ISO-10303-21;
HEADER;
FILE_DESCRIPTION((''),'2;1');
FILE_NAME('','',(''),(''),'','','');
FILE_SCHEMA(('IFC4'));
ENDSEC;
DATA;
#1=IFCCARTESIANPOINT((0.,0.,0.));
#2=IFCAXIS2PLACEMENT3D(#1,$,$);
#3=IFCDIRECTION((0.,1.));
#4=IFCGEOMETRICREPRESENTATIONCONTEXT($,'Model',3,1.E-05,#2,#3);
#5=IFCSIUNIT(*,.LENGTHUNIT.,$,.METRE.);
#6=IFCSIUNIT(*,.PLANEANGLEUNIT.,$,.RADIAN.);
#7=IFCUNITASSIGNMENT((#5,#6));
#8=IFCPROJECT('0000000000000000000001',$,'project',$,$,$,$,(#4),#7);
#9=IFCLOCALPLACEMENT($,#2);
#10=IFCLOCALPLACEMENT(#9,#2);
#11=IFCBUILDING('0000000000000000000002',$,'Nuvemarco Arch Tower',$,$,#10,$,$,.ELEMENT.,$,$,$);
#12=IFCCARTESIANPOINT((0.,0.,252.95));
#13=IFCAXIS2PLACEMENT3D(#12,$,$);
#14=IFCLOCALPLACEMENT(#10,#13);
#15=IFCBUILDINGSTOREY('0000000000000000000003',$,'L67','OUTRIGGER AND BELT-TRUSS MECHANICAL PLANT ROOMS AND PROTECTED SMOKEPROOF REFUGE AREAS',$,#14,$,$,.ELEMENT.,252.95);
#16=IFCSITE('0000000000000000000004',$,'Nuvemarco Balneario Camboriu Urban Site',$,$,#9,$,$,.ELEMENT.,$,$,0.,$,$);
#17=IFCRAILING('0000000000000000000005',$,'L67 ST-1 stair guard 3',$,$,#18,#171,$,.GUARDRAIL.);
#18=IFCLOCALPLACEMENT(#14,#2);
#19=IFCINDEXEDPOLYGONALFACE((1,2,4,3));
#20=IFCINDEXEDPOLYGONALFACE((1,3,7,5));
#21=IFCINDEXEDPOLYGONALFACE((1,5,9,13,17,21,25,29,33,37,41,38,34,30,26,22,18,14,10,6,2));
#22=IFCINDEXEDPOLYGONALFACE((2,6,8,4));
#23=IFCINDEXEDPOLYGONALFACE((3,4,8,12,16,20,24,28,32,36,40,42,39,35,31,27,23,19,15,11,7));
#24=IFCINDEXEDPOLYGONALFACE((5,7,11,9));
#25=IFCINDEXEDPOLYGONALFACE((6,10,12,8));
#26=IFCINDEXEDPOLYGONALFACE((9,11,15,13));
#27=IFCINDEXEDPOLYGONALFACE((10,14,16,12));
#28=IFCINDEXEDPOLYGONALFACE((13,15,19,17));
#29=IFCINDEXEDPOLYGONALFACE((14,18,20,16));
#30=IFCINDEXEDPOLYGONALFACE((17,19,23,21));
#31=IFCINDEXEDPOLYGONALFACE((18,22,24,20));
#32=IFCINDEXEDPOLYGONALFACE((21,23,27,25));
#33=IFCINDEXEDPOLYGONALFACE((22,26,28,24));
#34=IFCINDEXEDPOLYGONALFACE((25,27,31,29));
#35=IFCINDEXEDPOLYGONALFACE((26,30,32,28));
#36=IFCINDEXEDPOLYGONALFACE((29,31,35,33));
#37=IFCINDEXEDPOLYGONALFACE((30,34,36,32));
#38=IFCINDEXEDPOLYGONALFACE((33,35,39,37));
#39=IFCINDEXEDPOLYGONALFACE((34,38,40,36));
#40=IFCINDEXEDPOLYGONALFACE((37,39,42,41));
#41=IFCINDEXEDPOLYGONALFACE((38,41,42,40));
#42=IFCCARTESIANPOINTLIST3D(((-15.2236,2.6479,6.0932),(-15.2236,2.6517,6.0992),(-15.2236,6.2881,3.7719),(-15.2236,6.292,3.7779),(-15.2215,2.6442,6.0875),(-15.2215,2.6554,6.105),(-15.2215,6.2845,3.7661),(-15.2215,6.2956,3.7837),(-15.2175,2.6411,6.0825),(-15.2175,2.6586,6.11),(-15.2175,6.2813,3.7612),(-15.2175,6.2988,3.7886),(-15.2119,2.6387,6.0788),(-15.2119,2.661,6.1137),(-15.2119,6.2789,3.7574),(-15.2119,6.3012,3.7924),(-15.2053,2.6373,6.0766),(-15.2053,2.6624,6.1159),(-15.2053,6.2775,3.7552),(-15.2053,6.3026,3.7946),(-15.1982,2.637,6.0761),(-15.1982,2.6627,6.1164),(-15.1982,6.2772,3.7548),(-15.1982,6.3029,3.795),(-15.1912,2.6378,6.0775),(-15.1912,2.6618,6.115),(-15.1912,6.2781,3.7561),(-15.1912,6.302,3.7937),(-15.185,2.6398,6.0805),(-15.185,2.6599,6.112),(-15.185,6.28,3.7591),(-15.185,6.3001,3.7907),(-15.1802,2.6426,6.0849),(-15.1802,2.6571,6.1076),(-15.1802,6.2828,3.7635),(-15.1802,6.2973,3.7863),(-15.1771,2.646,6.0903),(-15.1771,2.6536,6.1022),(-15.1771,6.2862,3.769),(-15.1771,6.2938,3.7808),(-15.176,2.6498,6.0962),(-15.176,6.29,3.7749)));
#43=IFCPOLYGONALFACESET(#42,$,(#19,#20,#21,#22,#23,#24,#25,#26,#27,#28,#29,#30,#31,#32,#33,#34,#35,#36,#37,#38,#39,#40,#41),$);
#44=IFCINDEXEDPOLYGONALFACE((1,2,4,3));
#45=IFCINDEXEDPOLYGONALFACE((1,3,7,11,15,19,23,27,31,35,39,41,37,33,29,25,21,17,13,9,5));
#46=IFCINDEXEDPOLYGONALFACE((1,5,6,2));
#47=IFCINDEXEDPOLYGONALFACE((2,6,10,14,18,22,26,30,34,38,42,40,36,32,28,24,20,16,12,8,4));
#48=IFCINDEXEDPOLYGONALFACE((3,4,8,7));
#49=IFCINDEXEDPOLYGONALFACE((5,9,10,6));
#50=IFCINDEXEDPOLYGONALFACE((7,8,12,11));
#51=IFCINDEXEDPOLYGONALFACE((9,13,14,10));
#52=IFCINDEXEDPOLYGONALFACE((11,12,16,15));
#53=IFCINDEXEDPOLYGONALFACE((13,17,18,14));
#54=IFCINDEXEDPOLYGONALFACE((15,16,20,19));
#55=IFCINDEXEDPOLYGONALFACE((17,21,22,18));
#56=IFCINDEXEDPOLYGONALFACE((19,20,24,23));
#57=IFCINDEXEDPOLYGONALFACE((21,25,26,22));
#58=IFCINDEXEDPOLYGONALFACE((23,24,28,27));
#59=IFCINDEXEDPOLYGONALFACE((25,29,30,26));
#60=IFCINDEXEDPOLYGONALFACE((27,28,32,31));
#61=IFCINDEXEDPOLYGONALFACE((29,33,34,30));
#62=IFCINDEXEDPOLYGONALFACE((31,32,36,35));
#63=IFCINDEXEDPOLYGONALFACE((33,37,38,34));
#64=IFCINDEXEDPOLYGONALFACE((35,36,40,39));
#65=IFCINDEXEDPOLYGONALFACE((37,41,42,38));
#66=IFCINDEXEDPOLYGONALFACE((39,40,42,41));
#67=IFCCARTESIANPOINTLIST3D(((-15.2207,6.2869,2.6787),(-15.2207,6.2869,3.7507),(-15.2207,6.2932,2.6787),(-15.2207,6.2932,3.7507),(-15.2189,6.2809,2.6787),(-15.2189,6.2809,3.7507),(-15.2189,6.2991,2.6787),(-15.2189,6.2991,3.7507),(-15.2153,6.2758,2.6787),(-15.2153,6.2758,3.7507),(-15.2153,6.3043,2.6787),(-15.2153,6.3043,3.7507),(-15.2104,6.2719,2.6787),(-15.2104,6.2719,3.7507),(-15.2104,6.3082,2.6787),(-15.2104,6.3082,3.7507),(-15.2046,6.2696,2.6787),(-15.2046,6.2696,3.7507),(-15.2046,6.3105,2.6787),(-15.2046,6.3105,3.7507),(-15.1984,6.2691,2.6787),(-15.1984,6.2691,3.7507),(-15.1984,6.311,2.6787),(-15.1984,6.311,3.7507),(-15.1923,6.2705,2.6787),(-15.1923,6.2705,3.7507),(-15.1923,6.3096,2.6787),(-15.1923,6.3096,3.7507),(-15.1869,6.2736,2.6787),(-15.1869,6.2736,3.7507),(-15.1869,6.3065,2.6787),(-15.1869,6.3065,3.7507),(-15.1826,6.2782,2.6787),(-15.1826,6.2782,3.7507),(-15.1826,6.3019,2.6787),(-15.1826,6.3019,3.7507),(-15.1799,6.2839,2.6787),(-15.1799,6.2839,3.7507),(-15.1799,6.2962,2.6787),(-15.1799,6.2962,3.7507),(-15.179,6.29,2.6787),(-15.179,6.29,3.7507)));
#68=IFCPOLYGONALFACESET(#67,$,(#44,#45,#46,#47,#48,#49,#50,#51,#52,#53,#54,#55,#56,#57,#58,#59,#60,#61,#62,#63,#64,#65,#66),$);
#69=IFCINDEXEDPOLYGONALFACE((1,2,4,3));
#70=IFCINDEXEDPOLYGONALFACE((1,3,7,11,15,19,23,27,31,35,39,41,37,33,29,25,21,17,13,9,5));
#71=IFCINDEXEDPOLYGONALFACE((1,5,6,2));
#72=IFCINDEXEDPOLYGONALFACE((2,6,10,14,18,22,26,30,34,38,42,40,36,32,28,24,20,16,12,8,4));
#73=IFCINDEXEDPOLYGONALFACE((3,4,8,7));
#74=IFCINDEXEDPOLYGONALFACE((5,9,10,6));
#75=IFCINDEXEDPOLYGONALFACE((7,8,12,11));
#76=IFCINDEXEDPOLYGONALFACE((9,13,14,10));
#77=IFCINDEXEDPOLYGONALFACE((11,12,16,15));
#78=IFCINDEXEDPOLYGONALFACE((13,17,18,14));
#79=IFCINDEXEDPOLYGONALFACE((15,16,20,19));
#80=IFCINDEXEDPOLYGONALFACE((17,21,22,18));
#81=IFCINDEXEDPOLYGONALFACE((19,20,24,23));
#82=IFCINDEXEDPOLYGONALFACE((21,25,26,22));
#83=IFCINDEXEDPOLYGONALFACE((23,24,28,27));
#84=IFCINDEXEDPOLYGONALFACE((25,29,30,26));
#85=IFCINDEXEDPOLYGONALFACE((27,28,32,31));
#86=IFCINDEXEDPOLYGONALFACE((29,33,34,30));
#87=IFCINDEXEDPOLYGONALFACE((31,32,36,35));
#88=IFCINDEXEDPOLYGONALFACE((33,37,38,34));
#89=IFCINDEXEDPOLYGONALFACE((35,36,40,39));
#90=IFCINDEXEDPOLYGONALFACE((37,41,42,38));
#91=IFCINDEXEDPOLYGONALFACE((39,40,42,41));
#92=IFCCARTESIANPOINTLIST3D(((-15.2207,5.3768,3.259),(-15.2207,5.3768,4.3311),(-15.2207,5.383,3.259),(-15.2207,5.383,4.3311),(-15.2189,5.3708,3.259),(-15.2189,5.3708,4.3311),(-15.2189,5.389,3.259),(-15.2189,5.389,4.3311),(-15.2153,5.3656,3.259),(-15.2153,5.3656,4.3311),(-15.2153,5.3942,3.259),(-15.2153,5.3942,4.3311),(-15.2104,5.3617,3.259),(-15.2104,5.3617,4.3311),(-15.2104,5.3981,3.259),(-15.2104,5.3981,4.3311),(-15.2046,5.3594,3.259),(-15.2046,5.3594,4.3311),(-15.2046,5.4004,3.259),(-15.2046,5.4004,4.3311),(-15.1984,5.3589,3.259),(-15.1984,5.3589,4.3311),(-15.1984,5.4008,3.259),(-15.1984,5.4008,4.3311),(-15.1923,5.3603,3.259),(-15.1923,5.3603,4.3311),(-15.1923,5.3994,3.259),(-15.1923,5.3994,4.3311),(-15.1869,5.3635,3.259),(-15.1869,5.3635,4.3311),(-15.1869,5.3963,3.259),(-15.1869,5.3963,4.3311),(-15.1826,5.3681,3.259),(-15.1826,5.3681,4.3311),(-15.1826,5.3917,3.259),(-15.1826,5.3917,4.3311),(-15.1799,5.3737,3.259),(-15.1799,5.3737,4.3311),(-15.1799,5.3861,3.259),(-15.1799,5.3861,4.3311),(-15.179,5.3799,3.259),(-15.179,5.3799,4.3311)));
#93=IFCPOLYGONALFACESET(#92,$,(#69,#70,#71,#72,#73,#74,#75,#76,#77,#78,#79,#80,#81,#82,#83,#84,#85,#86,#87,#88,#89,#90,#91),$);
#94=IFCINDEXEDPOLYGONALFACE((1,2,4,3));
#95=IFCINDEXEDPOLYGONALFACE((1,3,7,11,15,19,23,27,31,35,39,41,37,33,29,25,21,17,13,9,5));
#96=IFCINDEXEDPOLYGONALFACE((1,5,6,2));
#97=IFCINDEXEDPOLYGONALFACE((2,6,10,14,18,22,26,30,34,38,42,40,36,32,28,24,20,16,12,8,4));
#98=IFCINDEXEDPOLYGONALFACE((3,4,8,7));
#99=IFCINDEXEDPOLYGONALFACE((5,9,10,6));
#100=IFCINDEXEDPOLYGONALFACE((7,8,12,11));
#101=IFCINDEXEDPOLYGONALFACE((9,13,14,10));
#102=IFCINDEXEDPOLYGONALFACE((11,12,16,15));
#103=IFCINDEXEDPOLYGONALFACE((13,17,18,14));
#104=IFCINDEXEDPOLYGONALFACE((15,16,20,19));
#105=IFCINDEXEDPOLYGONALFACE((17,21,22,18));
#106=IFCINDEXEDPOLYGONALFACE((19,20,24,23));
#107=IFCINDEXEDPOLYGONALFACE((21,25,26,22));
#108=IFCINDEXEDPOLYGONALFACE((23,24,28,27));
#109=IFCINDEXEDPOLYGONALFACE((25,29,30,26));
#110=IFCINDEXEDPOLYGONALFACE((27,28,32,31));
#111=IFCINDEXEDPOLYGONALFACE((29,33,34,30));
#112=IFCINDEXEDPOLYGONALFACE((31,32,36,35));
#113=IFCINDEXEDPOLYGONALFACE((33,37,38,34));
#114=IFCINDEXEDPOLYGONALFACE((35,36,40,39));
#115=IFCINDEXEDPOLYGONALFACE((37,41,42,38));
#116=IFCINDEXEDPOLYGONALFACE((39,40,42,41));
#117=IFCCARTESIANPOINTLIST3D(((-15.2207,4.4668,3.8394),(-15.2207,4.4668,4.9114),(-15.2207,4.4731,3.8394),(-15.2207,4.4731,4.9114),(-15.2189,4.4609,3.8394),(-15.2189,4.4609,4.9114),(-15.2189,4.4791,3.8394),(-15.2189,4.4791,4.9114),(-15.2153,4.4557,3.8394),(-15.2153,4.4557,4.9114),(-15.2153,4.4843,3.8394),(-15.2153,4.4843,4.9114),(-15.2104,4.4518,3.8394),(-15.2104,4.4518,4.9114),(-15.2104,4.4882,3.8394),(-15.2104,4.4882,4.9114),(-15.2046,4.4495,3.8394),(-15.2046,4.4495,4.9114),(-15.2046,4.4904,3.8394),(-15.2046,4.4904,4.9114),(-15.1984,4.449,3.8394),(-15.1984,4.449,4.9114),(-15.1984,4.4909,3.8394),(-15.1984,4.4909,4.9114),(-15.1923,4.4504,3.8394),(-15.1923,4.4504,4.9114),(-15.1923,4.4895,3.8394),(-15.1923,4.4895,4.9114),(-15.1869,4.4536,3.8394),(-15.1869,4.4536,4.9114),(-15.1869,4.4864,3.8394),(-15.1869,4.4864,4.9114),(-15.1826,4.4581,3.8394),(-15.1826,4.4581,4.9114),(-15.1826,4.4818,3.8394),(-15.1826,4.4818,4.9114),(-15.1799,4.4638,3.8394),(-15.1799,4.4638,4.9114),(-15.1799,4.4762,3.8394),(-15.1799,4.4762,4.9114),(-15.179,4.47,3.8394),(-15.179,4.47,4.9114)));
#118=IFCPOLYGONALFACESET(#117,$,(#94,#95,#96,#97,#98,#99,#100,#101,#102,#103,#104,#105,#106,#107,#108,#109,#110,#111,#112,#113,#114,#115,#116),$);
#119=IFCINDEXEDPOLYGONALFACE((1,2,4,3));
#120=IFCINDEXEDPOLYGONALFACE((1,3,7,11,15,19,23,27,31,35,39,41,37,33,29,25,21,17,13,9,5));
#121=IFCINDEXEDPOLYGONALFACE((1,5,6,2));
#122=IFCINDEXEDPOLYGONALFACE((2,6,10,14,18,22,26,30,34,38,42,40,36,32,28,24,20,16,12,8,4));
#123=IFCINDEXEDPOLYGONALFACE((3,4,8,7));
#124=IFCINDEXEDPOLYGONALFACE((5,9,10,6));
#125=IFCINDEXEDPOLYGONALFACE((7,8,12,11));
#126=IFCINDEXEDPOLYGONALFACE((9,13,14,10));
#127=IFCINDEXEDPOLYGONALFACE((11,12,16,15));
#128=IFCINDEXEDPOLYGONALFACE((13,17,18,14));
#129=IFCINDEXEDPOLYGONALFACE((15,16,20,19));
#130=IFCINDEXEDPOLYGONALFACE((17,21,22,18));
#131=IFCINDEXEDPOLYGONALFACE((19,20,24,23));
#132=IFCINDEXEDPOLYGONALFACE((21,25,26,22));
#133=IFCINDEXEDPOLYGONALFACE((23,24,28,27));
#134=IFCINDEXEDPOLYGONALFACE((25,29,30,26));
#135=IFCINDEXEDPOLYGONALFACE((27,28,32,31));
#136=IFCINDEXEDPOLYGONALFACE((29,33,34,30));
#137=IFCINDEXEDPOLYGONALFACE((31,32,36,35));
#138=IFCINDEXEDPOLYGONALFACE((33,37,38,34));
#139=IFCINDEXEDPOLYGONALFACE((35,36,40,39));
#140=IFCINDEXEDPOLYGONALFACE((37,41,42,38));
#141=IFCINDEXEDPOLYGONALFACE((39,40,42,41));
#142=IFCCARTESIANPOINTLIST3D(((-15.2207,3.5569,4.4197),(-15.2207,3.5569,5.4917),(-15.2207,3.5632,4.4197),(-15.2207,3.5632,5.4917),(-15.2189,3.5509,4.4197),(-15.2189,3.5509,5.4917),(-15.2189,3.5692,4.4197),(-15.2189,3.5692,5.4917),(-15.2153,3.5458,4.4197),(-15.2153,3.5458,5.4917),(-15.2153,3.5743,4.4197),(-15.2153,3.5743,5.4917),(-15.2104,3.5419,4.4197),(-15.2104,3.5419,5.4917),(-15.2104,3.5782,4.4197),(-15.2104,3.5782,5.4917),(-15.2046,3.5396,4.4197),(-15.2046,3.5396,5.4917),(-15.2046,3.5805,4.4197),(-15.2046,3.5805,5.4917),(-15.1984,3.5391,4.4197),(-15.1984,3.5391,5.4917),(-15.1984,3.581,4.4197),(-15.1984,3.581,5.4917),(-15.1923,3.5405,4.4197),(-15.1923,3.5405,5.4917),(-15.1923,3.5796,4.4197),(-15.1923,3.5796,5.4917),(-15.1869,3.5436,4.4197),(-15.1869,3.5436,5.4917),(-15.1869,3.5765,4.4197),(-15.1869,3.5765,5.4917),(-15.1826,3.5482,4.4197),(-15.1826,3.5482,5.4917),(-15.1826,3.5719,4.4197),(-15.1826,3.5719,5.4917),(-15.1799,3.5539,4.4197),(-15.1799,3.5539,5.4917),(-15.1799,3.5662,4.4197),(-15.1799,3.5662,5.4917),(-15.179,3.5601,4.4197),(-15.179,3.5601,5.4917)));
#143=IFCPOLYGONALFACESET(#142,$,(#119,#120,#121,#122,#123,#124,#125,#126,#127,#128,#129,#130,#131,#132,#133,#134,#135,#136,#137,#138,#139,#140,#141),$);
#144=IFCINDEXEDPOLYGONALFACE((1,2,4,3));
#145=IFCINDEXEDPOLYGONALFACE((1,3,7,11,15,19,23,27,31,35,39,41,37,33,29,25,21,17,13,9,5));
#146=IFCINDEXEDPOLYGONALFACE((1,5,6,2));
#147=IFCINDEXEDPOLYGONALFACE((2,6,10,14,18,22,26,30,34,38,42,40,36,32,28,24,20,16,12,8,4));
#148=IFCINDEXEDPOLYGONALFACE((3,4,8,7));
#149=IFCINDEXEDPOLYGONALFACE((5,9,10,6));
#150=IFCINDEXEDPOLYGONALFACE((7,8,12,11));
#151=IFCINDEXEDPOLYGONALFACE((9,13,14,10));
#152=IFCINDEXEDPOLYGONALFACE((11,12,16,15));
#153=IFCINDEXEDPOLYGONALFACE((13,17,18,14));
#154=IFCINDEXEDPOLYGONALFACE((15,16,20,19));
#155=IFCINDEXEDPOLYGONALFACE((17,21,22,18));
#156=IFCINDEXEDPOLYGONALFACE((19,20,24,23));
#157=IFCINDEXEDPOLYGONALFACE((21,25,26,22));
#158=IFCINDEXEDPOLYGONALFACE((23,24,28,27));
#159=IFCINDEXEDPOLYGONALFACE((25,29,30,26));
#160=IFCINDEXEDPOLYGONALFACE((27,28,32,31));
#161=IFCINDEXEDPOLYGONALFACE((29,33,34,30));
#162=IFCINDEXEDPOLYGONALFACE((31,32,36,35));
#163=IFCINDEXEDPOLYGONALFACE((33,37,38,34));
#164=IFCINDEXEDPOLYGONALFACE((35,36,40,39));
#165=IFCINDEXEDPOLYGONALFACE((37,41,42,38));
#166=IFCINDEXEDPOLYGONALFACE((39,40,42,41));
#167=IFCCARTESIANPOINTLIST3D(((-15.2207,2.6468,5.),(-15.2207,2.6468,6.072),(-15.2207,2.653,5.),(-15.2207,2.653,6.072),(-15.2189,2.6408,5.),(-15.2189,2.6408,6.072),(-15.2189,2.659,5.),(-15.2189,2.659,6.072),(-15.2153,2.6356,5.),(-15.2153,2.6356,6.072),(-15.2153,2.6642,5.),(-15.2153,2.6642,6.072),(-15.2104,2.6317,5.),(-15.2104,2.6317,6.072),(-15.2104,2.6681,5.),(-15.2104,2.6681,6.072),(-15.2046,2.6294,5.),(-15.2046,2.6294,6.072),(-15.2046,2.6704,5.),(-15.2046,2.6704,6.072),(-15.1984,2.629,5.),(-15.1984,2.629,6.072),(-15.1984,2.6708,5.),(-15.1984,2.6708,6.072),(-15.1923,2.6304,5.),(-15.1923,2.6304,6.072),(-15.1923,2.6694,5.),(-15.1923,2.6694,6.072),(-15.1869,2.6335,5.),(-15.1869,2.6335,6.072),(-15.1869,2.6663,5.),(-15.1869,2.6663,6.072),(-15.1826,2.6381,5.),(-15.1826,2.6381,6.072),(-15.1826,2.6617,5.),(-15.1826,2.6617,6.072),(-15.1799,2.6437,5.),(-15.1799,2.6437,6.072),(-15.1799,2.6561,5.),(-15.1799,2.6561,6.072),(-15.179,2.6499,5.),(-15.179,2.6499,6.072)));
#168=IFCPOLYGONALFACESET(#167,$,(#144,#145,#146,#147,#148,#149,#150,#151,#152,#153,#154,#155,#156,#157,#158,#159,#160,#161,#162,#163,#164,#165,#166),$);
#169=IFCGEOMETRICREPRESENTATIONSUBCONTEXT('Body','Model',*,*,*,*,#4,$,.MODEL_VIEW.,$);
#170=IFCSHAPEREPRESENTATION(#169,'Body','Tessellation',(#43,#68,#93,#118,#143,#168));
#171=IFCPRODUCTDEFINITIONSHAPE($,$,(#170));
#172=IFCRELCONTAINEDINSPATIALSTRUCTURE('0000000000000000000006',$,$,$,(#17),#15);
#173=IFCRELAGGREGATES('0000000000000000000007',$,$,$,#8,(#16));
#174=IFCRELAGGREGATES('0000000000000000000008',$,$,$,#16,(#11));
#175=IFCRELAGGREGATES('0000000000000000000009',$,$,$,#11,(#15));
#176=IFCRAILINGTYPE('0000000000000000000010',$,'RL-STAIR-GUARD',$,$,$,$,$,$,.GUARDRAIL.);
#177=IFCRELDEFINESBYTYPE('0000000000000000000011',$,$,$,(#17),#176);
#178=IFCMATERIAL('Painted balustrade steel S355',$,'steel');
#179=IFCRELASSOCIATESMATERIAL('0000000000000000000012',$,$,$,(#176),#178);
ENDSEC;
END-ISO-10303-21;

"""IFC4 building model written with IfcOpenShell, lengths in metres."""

from ifc_helpers import new_model, si_unit, direction, frame, origin, origin_2d, place, context, subcontext, project, spatial, circle, extrude, material, type_object, element, save


model = new_model("IFC4")

# Units and contexts
model_context = context("Model", 3, precision=1e-05, world=origin(), true_north=direction((0.0, 1.0)))
body_context = subcontext(model_context, "Body", "Model", "MODEL_VIEW")
ifc_project = project(units=[si_unit("LENGTHUNIT", "METRE"), si_unit("PLANEANGLEUNIT", "RADIAN")], contexts=[model_context])

# Site, building, storey
site_placement = place(None, origin())
site = spatial("IfcSite", under=ifc_project, at=site_placement, Name="Nuvemarco Balneario Camboriu Urban Site", CompositionType="ELEMENT", RefElevation=0.0)
building_placement = place(site_placement, origin())
building = spatial("IfcBuilding", under=site, at=building_placement, Name="Nuvemarco Arch Tower", CompositionType="ELEMENT")
storey_placement = place(building_placement, frame((0.0, 0.0, 252.95)))
storey = spatial("IfcBuildingStorey", under=building, at=storey_placement, Name="L67", Description="OUTRIGGER AND BELT-TRUSS MECHANICAL PLANT ROOMS AND PROTECTED SMOKEPROOF REFUGE AREAS", CompositionType="ELEMENT", Elevation=252.95)

# Railing
ifc_material_1 = material(Name="Painted balustrade steel S355", Category="steel")
railing_type_1 = type_object("IfcRailingType", Name="RL-STAIR-GUARD", PredefinedType="GUARDRAIL", material=ifc_material_1)
railing_1_placement = place(storey_placement, frame((-15.2, 6.29, 2.6787)))
element("IfcRailing", 1, at=railing_1_placement, inside=storey, type_object=railing_type_1, Name="L67 ST-1 stair guard 3", PredefinedType="GUARDRAIL", context=body_context, shape_type="SweptSolid", body=[
    extrude(circle(Radius=0.0239, at=origin_2d()), frame((0.0, 0.0, 1.0962), z_axis=(0.0, -0.843153, 0.537673), x_axis=(1.0, 0.0, 0.0)), (0.0, 0.0, 1.0), 4.3174),
    extrude(circle(Radius=0.021, at=origin_2d()), origin(), (0.0, 0.0, 1.0), 1.072),
    extrude(circle(Radius=0.021, at=origin_2d()), frame((0.0, -0.9102, 0.5803)), (0.0, 0.0, 1.0), 1.072),
    extrude(circle(Radius=0.021, at=origin_2d()), frame((0.0, -1.8201, 1.1606)), (0.0, 0.0, 1.0), 1.072),
    extrude(circle(Radius=0.021, at=origin_2d()), frame((0.0, -2.73, 1.741)), (0.0, 0.0, 1.0), 1.072),
    extrude(circle(Radius=0.021, at=origin_2d()), frame((0.0, -3.6401, 2.3213)), (0.0, 0.0, 1.0), 1.072),
])

save(model, "model.ifc")
